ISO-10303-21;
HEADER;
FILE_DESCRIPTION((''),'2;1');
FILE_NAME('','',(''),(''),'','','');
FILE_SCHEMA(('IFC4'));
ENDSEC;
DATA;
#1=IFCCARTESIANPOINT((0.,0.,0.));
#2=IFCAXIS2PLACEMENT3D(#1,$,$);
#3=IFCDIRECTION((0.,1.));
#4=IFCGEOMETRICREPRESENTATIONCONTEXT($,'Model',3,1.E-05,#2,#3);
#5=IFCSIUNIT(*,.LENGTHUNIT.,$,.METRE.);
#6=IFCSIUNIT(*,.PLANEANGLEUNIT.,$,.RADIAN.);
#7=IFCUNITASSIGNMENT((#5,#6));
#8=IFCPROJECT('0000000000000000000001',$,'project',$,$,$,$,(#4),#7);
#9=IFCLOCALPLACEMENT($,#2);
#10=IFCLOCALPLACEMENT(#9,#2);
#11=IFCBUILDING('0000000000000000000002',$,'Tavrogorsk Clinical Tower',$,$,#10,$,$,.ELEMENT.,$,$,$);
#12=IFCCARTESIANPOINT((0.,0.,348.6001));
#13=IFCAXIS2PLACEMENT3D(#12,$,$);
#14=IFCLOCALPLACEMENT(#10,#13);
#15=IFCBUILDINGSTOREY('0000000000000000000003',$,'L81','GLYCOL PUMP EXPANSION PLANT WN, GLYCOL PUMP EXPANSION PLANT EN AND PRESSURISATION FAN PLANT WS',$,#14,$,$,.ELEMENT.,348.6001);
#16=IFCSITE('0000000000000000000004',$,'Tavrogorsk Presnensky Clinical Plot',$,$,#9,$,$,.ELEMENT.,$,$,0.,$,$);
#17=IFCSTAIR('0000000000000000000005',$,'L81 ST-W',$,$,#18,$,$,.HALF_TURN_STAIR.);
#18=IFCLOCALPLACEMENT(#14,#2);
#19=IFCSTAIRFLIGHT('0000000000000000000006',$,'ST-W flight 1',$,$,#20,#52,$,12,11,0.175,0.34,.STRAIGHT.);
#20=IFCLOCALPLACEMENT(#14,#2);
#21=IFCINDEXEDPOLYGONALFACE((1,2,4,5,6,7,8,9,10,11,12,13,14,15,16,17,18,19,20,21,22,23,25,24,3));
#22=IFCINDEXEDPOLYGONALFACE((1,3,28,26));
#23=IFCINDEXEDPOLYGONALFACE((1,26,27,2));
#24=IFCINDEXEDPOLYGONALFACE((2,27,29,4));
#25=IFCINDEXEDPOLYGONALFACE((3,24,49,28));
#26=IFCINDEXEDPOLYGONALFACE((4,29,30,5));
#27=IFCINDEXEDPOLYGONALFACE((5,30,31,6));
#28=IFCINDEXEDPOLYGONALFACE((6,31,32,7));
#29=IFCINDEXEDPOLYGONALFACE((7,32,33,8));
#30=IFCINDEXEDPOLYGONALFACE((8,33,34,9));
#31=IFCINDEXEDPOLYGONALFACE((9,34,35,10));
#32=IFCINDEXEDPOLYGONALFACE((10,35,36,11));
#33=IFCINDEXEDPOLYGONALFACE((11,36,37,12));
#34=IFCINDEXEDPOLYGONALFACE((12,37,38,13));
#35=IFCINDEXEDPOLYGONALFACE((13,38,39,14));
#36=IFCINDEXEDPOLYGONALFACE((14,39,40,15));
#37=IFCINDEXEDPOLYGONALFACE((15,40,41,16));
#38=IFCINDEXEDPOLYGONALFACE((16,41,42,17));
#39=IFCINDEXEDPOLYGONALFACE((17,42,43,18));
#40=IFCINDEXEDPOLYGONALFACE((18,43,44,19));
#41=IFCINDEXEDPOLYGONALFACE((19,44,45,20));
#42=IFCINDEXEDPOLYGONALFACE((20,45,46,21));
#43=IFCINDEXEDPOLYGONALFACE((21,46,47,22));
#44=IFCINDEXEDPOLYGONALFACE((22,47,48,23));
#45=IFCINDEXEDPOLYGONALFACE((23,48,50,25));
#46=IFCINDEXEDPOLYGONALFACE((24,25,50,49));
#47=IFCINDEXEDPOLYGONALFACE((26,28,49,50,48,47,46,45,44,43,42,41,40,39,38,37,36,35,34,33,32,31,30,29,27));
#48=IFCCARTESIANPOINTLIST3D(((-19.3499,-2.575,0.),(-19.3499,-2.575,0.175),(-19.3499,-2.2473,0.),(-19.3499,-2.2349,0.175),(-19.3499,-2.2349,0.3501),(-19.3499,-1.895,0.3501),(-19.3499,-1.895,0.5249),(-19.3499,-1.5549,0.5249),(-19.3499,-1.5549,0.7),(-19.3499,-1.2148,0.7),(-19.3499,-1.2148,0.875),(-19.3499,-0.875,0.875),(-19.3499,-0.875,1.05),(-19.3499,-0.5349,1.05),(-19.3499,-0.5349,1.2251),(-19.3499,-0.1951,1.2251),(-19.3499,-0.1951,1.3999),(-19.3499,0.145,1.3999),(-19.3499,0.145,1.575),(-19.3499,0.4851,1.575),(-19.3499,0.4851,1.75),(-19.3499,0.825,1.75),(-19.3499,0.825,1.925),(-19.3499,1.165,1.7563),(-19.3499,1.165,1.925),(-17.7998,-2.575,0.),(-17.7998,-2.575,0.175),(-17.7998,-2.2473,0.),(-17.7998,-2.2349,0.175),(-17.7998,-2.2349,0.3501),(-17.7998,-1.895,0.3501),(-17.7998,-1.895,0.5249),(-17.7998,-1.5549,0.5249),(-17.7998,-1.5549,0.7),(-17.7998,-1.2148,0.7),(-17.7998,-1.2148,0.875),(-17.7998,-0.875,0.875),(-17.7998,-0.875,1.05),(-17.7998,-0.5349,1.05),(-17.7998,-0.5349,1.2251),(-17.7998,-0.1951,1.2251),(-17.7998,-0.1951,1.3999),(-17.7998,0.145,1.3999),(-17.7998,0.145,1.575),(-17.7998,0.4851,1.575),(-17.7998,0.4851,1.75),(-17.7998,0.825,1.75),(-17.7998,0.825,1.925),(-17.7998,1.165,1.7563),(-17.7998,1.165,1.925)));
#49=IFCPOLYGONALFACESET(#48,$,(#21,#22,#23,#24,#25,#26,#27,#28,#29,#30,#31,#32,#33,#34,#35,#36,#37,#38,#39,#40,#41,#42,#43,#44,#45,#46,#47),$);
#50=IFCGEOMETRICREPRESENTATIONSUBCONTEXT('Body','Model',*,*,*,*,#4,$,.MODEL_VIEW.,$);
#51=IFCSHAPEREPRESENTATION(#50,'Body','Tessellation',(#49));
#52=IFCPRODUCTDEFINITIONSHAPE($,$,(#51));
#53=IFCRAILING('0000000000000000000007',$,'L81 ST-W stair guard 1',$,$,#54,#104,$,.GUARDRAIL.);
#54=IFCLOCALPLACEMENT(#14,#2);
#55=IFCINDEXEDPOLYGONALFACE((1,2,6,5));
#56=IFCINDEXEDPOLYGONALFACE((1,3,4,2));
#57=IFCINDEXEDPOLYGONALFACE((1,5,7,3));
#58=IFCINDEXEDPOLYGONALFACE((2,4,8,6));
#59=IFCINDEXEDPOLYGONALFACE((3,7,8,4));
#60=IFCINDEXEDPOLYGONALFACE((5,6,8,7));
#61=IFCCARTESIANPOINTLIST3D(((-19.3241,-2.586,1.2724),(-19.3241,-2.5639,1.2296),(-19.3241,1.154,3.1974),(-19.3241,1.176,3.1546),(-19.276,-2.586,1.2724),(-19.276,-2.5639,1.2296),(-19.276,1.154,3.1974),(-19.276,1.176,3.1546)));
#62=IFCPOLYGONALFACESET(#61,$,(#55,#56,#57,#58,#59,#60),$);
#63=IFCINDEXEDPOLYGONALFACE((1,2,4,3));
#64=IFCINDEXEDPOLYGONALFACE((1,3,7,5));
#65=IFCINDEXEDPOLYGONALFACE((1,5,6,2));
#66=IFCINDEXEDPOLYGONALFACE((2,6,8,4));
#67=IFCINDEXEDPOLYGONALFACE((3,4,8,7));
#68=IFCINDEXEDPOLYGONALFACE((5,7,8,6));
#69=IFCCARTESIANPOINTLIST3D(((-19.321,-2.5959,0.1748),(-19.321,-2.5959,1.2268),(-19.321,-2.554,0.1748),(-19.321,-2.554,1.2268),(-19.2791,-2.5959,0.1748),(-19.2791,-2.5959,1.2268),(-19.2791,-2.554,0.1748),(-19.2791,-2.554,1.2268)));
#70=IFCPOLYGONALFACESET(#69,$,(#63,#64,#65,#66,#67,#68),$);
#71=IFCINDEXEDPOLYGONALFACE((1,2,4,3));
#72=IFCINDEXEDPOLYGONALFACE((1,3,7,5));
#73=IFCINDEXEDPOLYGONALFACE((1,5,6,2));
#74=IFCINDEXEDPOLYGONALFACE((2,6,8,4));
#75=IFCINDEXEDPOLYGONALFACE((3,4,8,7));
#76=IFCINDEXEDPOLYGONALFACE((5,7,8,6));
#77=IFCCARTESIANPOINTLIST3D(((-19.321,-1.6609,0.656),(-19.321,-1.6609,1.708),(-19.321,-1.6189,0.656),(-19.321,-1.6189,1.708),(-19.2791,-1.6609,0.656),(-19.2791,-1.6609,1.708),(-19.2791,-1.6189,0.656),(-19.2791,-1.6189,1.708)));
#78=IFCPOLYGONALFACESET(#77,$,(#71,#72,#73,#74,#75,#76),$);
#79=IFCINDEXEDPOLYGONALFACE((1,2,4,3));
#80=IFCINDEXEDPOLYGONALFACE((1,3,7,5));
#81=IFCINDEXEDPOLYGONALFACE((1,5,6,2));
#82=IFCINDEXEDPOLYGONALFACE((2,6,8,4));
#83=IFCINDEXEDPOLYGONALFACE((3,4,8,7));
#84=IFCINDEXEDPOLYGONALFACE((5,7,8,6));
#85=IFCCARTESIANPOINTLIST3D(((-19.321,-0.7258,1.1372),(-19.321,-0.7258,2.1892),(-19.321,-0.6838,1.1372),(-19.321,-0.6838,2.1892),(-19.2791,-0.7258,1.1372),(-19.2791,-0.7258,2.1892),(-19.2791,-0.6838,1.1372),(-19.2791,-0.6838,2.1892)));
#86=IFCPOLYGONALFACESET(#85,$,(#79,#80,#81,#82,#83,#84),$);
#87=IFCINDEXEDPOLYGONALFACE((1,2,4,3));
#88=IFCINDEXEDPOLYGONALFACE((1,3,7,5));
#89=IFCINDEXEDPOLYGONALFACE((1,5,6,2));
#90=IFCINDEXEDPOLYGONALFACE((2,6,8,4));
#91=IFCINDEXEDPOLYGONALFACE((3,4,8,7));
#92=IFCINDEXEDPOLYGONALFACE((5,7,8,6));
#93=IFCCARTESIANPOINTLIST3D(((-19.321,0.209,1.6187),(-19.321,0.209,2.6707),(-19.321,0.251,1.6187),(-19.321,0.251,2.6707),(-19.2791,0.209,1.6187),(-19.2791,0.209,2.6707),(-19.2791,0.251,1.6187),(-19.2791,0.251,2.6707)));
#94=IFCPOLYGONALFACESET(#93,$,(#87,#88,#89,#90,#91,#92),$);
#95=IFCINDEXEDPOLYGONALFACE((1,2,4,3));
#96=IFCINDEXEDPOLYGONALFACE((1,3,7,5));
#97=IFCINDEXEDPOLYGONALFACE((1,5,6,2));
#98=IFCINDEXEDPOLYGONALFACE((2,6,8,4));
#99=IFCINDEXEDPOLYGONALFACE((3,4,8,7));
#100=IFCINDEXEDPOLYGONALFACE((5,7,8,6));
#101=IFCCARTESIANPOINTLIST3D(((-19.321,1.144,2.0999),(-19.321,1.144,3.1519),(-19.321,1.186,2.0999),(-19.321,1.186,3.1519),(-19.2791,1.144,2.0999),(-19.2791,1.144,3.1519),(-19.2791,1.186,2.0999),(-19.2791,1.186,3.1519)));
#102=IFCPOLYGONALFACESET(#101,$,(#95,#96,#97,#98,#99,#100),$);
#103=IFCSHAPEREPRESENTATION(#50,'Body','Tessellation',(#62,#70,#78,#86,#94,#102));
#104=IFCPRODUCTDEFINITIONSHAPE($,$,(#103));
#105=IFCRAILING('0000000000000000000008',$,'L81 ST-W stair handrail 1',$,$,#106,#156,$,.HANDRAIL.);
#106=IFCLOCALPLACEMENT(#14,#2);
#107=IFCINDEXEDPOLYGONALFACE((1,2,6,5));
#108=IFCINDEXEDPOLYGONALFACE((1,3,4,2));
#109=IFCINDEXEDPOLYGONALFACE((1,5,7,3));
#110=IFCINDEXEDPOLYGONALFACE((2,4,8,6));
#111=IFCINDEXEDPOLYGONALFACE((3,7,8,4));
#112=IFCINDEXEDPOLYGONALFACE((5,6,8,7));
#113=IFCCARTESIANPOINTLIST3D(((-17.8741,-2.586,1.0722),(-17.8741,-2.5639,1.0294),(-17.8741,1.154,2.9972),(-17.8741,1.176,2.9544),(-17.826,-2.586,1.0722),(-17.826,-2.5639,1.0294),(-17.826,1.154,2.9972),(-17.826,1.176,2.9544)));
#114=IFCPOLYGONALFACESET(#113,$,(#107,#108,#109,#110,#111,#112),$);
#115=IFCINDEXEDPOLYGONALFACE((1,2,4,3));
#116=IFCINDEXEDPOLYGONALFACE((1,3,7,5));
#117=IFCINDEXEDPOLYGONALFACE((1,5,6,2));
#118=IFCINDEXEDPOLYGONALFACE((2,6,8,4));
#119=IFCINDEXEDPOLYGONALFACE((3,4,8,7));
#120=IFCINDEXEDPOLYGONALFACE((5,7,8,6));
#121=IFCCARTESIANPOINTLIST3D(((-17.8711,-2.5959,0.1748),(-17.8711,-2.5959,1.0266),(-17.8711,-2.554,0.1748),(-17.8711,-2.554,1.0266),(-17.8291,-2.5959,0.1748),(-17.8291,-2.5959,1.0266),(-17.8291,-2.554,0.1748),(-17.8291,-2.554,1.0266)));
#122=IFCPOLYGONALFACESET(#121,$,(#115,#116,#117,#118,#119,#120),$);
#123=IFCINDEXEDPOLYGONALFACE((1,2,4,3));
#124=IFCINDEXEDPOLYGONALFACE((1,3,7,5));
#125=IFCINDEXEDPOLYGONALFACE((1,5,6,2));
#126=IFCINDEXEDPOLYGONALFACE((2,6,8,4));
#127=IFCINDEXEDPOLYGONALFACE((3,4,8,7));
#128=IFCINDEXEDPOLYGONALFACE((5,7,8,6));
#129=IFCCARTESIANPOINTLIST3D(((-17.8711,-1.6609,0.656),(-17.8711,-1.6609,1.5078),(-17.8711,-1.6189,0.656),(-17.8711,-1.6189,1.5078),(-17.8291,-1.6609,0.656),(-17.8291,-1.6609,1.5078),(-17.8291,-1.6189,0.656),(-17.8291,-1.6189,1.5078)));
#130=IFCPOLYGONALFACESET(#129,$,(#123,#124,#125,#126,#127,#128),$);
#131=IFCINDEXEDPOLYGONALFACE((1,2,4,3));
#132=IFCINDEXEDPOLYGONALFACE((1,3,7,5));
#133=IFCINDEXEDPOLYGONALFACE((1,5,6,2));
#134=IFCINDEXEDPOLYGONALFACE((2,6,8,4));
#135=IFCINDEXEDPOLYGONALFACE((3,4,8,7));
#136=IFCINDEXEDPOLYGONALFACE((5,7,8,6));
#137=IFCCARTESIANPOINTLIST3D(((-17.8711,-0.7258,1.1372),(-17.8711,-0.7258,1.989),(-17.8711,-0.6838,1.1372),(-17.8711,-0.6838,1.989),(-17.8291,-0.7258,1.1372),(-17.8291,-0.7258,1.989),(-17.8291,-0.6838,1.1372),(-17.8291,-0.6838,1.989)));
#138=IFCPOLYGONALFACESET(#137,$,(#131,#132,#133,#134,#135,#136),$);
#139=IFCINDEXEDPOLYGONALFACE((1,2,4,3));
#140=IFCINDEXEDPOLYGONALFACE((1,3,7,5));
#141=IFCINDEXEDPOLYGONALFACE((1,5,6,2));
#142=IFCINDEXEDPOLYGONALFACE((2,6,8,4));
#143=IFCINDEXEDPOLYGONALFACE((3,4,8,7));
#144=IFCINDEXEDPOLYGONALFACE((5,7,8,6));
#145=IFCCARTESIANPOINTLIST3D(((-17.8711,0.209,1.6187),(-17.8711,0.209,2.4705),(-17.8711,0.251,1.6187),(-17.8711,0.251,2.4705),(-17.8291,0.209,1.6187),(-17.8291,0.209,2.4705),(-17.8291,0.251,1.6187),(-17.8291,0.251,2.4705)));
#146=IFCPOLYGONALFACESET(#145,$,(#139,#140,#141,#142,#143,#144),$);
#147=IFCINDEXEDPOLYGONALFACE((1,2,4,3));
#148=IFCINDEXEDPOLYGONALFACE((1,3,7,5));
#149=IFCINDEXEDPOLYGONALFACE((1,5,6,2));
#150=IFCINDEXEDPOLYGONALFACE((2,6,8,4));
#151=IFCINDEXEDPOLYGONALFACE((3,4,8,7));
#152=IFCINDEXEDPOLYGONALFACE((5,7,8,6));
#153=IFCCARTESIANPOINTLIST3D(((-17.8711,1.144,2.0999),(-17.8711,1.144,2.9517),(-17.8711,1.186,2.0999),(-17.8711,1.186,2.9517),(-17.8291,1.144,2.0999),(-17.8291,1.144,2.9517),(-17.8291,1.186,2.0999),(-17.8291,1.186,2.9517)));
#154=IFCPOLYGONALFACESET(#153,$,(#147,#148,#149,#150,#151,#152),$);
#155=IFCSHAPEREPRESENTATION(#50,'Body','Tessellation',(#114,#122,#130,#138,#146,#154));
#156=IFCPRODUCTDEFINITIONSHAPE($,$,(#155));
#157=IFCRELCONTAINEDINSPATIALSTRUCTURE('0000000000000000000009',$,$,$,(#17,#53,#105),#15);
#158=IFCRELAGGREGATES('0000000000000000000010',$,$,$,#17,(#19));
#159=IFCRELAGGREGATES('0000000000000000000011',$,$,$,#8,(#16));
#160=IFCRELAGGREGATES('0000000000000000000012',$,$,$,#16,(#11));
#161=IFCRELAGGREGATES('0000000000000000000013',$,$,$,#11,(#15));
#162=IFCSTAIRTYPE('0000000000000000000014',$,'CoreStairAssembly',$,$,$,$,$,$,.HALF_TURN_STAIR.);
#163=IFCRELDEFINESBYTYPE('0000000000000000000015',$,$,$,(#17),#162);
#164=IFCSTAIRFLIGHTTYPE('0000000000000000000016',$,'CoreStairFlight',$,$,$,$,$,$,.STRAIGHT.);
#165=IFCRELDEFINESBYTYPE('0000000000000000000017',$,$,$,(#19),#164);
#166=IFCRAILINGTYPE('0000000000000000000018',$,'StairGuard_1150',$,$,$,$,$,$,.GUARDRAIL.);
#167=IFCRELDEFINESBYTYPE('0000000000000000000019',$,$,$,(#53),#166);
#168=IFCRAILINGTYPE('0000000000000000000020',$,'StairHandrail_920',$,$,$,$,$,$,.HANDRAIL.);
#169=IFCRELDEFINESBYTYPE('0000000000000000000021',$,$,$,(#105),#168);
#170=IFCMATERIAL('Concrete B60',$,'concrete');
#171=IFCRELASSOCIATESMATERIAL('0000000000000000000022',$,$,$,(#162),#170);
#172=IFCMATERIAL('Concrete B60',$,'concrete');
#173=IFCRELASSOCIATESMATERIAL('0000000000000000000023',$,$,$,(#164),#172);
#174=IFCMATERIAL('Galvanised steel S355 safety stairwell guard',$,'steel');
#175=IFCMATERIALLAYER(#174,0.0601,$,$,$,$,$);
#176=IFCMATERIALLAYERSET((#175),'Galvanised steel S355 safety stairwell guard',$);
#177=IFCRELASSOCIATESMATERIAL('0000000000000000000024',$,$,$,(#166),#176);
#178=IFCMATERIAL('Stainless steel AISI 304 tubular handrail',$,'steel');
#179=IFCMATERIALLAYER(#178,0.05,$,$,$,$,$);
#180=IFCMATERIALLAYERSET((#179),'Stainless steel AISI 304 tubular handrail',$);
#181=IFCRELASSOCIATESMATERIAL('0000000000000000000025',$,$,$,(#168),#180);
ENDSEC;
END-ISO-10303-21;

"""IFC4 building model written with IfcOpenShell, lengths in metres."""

from ifc_helpers import new_model, si_unit, direction, frame, origin, origin_2d, place, context, subcontext, project, spatial, polyline, rectangle, outline, extrude, material, layer, layer_set, type_object, element, aggregate, save


model = new_model("IFC4")

# Units and contexts
model_context = context("Model", 3, precision=1e-05, world=origin(), true_north=direction((0.0, 1.0)))
body_context = subcontext(model_context, "Body", "Model", "MODEL_VIEW")
ifc_project = project(units=[si_unit("LENGTHUNIT", "METRE"), si_unit("PLANEANGLEUNIT", "RADIAN")], contexts=[model_context])

# Site, building, storey
site_placement = place(None, origin())
site = spatial("IfcSite", under=ifc_project, at=site_placement, Name="Tavrogorsk Presnensky Clinical Plot", CompositionType="ELEMENT", RefElevation=0.0)
building_placement = place(site_placement, origin())
building = spatial("IfcBuilding", under=site, at=building_placement, Name="Tavrogorsk Clinical Tower", CompositionType="ELEMENT")
storey_placement = place(building_placement, frame((0.0, 0.0, 348.6001)))
storey = spatial("IfcBuildingStorey", under=building, at=storey_placement, Name="L81", Description="GLYCOL PUMP EXPANSION PLANT WN, GLYCOL PUMP EXPANSION PLANT EN AND PRESSURISATION FAN PLANT WS", CompositionType="ELEMENT", Elevation=348.6001)

# Stair, stair flight
ifc_material_1 = material(Name="Concrete B60", Category="concrete")
stair_type = type_object("IfcStairType", Name="CoreStairAssembly", PredefinedType="HALF_TURN_STAIR", material=ifc_material_1)
stair_placement = place(storey_placement, origin())
stair = element("IfcStair", 1, at=stair_placement, inside=storey, type_object=stair_type, Name="L81 ST-W", PredefinedType="HALF_TURN_STAIR")
ifc_material_2 = material(Name="Concrete B60", Category="concrete")
stair_flight_type = type_object("IfcStairFlightType", Name="CoreStairFlight", PredefinedType="STRAIGHT", material=ifc_material_2)
stair_flight_placement = place(storey_placement, frame((-18.575, -2.575, 0.0), z_axis=(0.0, 0.0, 1.0), x_axis=(0.0, 1.0, 0.0)))
stair_flight = element("IfcStairFlight", 2, at=stair_flight_placement, type_object=stair_flight_type, Name="ST-W flight 1", NumberOfRisers=12, NumberOfTreads=11, PredefinedType="STRAIGHT", RiserHeight=0.175, TreadLength=0.34, context=body_context, shape_type="SweptSolid", body=[
    extrude(outline(polyline([(0.0, 0.0), (0.0, 0.175), (0.3401, 0.175), (0.3401, 0.3501), (0.6799, 0.3501), (0.6799, 0.5249), (1.02, 0.5249), (1.02, 0.7), (1.3601, 0.7), (1.3601, 0.875), (1.7, 0.875), (1.7, 1.05), (2.04, 1.05), (2.04, 1.2251), (2.3799, 1.2251), (2.3799, 1.3999), (2.72, 1.3999), (2.72, 1.575), (3.0601, 1.575), (3.0601, 1.75), (3.3999, 1.75), (3.3999, 1.925), (3.74, 1.925), (3.74, 2.1001), (3.74, 1.7563), (0.3276, 0.0), (0.0, 0.0)])), frame((0.0, 0.7749, 0.0), z_axis=(0.0, -1.0, 0.0), x_axis=(1.0, 0.0, 0.0)), (0.0, 0.0, 1.0), 1.55),
])
aggregate(stair, [stair_flight])

# Railings
ifc_material_3 = material(Name="Galvanised steel S355 safety stairwell guard", Category="steel")
ifc_layer_1 = layer(ifc_material_3, 0.0601)
ifc_layer_set_1 = layer_set([ifc_layer_1], Name="Galvanised steel S355 safety stairwell guard")
railing_type_1 = type_object("IfcRailingType", Name="StairGuard_1150", PredefinedType="GUARDRAIL", material=ifc_layer_set_1)
railing_1_placement = place(storey_placement, frame((-19.3, -2.575, 0.1748)))
element("IfcRailing", 3, at=railing_1_placement, inside=storey, type_object=railing_type_1, Name="L81 ST-W stair guard 1", PredefinedType="GUARDRAIL", context=body_context, shape_type="SweptSolid", body=[
    extrude(rectangle(XDim=0.0481, YDim=0.0481, at=origin_2d()), frame((0.0, 0.0, 1.0762), z_axis=(0.0, 0.889131, 0.457654), x_axis=(-1.0, 0.0, 0.0)), (0.0, 0.0, 1.0), 4.2063),
    extrude(rectangle(XDim=0.042, YDim=0.042, at=origin_2d()), origin(), (0.0, 0.0, 1.0), 1.052),
    extrude(rectangle(XDim=0.042, YDim=0.042, at=origin_2d()), frame((0.0, 0.9351, 0.4812)), (0.0, 0.0, 1.0), 1.052),
    extrude(rectangle(XDim=0.042, YDim=0.042, at=origin_2d()), frame((0.0, 1.8701, 0.9624)), (0.0, 0.0, 1.0), 1.052),
    extrude(rectangle(XDim=0.042, YDim=0.042, at=origin_2d()), frame((0.0, 2.8049, 1.4438)), (0.0, 0.0, 1.0), 1.052),
    extrude(rectangle(XDim=0.042, YDim=0.042, at=origin_2d()), frame((0.0, 3.74, 1.925)), (0.0, 0.0, 1.0), 1.052),
])
ifc_material_4 = material(Name="Stainless steel AISI 304 tubular handrail", Category="steel")
ifc_layer_2 = layer(ifc_material_4, 0.05)
ifc_layer_set_2 = layer_set([ifc_layer_2], Name="Stainless steel AISI 304 tubular handrail")
railing_type_2 = type_object("IfcRailingType", Name="StairHandrail_920", PredefinedType="HANDRAIL", material=ifc_layer_set_2)
railing_2_placement = place(storey_placement, frame((-17.8501, -2.575, 0.1748)))
element("IfcRailing", 4, at=railing_2_placement, inside=storey, type_object=railing_type_2, Name="L81 ST-W stair handrail 1", PredefinedType="HANDRAIL", context=body_context, shape_type="SweptSolid", body=[
    extrude(rectangle(XDim=0.0481, YDim=0.0481, at=origin_2d()), frame((0.0, 0.0, 0.876), z_axis=(0.0, 0.889131, 0.457654), x_axis=(-1.0, 0.0, 0.0)), (0.0, 0.0, 1.0), 4.2063),
    extrude(rectangle(XDim=0.042, YDim=0.042, at=origin_2d()), origin(), (0.0, 0.0, 1.0), 0.8518),
    extrude(rectangle(XDim=0.042, YDim=0.042, at=origin_2d()), frame((0.0, 0.9351, 0.4812)), (0.0, 0.0, 1.0), 0.8518),
    extrude(rectangle(XDim=0.042, YDim=0.042, at=origin_2d()), frame((0.0, 1.8701, 0.9624)), (0.0, 0.0, 1.0), 0.8518),
    extrude(rectangle(XDim=0.042, YDim=0.042, at=origin_2d()), frame((0.0, 2.8049, 1.4438)), (0.0, 0.0, 1.0), 0.8518),
    extrude(rectangle(XDim=0.042, YDim=0.042, at=origin_2d()), frame((0.0, 3.74, 1.925)), (0.0, 0.0, 1.0), 0.8518),
])

save(model, "model.ifc")
